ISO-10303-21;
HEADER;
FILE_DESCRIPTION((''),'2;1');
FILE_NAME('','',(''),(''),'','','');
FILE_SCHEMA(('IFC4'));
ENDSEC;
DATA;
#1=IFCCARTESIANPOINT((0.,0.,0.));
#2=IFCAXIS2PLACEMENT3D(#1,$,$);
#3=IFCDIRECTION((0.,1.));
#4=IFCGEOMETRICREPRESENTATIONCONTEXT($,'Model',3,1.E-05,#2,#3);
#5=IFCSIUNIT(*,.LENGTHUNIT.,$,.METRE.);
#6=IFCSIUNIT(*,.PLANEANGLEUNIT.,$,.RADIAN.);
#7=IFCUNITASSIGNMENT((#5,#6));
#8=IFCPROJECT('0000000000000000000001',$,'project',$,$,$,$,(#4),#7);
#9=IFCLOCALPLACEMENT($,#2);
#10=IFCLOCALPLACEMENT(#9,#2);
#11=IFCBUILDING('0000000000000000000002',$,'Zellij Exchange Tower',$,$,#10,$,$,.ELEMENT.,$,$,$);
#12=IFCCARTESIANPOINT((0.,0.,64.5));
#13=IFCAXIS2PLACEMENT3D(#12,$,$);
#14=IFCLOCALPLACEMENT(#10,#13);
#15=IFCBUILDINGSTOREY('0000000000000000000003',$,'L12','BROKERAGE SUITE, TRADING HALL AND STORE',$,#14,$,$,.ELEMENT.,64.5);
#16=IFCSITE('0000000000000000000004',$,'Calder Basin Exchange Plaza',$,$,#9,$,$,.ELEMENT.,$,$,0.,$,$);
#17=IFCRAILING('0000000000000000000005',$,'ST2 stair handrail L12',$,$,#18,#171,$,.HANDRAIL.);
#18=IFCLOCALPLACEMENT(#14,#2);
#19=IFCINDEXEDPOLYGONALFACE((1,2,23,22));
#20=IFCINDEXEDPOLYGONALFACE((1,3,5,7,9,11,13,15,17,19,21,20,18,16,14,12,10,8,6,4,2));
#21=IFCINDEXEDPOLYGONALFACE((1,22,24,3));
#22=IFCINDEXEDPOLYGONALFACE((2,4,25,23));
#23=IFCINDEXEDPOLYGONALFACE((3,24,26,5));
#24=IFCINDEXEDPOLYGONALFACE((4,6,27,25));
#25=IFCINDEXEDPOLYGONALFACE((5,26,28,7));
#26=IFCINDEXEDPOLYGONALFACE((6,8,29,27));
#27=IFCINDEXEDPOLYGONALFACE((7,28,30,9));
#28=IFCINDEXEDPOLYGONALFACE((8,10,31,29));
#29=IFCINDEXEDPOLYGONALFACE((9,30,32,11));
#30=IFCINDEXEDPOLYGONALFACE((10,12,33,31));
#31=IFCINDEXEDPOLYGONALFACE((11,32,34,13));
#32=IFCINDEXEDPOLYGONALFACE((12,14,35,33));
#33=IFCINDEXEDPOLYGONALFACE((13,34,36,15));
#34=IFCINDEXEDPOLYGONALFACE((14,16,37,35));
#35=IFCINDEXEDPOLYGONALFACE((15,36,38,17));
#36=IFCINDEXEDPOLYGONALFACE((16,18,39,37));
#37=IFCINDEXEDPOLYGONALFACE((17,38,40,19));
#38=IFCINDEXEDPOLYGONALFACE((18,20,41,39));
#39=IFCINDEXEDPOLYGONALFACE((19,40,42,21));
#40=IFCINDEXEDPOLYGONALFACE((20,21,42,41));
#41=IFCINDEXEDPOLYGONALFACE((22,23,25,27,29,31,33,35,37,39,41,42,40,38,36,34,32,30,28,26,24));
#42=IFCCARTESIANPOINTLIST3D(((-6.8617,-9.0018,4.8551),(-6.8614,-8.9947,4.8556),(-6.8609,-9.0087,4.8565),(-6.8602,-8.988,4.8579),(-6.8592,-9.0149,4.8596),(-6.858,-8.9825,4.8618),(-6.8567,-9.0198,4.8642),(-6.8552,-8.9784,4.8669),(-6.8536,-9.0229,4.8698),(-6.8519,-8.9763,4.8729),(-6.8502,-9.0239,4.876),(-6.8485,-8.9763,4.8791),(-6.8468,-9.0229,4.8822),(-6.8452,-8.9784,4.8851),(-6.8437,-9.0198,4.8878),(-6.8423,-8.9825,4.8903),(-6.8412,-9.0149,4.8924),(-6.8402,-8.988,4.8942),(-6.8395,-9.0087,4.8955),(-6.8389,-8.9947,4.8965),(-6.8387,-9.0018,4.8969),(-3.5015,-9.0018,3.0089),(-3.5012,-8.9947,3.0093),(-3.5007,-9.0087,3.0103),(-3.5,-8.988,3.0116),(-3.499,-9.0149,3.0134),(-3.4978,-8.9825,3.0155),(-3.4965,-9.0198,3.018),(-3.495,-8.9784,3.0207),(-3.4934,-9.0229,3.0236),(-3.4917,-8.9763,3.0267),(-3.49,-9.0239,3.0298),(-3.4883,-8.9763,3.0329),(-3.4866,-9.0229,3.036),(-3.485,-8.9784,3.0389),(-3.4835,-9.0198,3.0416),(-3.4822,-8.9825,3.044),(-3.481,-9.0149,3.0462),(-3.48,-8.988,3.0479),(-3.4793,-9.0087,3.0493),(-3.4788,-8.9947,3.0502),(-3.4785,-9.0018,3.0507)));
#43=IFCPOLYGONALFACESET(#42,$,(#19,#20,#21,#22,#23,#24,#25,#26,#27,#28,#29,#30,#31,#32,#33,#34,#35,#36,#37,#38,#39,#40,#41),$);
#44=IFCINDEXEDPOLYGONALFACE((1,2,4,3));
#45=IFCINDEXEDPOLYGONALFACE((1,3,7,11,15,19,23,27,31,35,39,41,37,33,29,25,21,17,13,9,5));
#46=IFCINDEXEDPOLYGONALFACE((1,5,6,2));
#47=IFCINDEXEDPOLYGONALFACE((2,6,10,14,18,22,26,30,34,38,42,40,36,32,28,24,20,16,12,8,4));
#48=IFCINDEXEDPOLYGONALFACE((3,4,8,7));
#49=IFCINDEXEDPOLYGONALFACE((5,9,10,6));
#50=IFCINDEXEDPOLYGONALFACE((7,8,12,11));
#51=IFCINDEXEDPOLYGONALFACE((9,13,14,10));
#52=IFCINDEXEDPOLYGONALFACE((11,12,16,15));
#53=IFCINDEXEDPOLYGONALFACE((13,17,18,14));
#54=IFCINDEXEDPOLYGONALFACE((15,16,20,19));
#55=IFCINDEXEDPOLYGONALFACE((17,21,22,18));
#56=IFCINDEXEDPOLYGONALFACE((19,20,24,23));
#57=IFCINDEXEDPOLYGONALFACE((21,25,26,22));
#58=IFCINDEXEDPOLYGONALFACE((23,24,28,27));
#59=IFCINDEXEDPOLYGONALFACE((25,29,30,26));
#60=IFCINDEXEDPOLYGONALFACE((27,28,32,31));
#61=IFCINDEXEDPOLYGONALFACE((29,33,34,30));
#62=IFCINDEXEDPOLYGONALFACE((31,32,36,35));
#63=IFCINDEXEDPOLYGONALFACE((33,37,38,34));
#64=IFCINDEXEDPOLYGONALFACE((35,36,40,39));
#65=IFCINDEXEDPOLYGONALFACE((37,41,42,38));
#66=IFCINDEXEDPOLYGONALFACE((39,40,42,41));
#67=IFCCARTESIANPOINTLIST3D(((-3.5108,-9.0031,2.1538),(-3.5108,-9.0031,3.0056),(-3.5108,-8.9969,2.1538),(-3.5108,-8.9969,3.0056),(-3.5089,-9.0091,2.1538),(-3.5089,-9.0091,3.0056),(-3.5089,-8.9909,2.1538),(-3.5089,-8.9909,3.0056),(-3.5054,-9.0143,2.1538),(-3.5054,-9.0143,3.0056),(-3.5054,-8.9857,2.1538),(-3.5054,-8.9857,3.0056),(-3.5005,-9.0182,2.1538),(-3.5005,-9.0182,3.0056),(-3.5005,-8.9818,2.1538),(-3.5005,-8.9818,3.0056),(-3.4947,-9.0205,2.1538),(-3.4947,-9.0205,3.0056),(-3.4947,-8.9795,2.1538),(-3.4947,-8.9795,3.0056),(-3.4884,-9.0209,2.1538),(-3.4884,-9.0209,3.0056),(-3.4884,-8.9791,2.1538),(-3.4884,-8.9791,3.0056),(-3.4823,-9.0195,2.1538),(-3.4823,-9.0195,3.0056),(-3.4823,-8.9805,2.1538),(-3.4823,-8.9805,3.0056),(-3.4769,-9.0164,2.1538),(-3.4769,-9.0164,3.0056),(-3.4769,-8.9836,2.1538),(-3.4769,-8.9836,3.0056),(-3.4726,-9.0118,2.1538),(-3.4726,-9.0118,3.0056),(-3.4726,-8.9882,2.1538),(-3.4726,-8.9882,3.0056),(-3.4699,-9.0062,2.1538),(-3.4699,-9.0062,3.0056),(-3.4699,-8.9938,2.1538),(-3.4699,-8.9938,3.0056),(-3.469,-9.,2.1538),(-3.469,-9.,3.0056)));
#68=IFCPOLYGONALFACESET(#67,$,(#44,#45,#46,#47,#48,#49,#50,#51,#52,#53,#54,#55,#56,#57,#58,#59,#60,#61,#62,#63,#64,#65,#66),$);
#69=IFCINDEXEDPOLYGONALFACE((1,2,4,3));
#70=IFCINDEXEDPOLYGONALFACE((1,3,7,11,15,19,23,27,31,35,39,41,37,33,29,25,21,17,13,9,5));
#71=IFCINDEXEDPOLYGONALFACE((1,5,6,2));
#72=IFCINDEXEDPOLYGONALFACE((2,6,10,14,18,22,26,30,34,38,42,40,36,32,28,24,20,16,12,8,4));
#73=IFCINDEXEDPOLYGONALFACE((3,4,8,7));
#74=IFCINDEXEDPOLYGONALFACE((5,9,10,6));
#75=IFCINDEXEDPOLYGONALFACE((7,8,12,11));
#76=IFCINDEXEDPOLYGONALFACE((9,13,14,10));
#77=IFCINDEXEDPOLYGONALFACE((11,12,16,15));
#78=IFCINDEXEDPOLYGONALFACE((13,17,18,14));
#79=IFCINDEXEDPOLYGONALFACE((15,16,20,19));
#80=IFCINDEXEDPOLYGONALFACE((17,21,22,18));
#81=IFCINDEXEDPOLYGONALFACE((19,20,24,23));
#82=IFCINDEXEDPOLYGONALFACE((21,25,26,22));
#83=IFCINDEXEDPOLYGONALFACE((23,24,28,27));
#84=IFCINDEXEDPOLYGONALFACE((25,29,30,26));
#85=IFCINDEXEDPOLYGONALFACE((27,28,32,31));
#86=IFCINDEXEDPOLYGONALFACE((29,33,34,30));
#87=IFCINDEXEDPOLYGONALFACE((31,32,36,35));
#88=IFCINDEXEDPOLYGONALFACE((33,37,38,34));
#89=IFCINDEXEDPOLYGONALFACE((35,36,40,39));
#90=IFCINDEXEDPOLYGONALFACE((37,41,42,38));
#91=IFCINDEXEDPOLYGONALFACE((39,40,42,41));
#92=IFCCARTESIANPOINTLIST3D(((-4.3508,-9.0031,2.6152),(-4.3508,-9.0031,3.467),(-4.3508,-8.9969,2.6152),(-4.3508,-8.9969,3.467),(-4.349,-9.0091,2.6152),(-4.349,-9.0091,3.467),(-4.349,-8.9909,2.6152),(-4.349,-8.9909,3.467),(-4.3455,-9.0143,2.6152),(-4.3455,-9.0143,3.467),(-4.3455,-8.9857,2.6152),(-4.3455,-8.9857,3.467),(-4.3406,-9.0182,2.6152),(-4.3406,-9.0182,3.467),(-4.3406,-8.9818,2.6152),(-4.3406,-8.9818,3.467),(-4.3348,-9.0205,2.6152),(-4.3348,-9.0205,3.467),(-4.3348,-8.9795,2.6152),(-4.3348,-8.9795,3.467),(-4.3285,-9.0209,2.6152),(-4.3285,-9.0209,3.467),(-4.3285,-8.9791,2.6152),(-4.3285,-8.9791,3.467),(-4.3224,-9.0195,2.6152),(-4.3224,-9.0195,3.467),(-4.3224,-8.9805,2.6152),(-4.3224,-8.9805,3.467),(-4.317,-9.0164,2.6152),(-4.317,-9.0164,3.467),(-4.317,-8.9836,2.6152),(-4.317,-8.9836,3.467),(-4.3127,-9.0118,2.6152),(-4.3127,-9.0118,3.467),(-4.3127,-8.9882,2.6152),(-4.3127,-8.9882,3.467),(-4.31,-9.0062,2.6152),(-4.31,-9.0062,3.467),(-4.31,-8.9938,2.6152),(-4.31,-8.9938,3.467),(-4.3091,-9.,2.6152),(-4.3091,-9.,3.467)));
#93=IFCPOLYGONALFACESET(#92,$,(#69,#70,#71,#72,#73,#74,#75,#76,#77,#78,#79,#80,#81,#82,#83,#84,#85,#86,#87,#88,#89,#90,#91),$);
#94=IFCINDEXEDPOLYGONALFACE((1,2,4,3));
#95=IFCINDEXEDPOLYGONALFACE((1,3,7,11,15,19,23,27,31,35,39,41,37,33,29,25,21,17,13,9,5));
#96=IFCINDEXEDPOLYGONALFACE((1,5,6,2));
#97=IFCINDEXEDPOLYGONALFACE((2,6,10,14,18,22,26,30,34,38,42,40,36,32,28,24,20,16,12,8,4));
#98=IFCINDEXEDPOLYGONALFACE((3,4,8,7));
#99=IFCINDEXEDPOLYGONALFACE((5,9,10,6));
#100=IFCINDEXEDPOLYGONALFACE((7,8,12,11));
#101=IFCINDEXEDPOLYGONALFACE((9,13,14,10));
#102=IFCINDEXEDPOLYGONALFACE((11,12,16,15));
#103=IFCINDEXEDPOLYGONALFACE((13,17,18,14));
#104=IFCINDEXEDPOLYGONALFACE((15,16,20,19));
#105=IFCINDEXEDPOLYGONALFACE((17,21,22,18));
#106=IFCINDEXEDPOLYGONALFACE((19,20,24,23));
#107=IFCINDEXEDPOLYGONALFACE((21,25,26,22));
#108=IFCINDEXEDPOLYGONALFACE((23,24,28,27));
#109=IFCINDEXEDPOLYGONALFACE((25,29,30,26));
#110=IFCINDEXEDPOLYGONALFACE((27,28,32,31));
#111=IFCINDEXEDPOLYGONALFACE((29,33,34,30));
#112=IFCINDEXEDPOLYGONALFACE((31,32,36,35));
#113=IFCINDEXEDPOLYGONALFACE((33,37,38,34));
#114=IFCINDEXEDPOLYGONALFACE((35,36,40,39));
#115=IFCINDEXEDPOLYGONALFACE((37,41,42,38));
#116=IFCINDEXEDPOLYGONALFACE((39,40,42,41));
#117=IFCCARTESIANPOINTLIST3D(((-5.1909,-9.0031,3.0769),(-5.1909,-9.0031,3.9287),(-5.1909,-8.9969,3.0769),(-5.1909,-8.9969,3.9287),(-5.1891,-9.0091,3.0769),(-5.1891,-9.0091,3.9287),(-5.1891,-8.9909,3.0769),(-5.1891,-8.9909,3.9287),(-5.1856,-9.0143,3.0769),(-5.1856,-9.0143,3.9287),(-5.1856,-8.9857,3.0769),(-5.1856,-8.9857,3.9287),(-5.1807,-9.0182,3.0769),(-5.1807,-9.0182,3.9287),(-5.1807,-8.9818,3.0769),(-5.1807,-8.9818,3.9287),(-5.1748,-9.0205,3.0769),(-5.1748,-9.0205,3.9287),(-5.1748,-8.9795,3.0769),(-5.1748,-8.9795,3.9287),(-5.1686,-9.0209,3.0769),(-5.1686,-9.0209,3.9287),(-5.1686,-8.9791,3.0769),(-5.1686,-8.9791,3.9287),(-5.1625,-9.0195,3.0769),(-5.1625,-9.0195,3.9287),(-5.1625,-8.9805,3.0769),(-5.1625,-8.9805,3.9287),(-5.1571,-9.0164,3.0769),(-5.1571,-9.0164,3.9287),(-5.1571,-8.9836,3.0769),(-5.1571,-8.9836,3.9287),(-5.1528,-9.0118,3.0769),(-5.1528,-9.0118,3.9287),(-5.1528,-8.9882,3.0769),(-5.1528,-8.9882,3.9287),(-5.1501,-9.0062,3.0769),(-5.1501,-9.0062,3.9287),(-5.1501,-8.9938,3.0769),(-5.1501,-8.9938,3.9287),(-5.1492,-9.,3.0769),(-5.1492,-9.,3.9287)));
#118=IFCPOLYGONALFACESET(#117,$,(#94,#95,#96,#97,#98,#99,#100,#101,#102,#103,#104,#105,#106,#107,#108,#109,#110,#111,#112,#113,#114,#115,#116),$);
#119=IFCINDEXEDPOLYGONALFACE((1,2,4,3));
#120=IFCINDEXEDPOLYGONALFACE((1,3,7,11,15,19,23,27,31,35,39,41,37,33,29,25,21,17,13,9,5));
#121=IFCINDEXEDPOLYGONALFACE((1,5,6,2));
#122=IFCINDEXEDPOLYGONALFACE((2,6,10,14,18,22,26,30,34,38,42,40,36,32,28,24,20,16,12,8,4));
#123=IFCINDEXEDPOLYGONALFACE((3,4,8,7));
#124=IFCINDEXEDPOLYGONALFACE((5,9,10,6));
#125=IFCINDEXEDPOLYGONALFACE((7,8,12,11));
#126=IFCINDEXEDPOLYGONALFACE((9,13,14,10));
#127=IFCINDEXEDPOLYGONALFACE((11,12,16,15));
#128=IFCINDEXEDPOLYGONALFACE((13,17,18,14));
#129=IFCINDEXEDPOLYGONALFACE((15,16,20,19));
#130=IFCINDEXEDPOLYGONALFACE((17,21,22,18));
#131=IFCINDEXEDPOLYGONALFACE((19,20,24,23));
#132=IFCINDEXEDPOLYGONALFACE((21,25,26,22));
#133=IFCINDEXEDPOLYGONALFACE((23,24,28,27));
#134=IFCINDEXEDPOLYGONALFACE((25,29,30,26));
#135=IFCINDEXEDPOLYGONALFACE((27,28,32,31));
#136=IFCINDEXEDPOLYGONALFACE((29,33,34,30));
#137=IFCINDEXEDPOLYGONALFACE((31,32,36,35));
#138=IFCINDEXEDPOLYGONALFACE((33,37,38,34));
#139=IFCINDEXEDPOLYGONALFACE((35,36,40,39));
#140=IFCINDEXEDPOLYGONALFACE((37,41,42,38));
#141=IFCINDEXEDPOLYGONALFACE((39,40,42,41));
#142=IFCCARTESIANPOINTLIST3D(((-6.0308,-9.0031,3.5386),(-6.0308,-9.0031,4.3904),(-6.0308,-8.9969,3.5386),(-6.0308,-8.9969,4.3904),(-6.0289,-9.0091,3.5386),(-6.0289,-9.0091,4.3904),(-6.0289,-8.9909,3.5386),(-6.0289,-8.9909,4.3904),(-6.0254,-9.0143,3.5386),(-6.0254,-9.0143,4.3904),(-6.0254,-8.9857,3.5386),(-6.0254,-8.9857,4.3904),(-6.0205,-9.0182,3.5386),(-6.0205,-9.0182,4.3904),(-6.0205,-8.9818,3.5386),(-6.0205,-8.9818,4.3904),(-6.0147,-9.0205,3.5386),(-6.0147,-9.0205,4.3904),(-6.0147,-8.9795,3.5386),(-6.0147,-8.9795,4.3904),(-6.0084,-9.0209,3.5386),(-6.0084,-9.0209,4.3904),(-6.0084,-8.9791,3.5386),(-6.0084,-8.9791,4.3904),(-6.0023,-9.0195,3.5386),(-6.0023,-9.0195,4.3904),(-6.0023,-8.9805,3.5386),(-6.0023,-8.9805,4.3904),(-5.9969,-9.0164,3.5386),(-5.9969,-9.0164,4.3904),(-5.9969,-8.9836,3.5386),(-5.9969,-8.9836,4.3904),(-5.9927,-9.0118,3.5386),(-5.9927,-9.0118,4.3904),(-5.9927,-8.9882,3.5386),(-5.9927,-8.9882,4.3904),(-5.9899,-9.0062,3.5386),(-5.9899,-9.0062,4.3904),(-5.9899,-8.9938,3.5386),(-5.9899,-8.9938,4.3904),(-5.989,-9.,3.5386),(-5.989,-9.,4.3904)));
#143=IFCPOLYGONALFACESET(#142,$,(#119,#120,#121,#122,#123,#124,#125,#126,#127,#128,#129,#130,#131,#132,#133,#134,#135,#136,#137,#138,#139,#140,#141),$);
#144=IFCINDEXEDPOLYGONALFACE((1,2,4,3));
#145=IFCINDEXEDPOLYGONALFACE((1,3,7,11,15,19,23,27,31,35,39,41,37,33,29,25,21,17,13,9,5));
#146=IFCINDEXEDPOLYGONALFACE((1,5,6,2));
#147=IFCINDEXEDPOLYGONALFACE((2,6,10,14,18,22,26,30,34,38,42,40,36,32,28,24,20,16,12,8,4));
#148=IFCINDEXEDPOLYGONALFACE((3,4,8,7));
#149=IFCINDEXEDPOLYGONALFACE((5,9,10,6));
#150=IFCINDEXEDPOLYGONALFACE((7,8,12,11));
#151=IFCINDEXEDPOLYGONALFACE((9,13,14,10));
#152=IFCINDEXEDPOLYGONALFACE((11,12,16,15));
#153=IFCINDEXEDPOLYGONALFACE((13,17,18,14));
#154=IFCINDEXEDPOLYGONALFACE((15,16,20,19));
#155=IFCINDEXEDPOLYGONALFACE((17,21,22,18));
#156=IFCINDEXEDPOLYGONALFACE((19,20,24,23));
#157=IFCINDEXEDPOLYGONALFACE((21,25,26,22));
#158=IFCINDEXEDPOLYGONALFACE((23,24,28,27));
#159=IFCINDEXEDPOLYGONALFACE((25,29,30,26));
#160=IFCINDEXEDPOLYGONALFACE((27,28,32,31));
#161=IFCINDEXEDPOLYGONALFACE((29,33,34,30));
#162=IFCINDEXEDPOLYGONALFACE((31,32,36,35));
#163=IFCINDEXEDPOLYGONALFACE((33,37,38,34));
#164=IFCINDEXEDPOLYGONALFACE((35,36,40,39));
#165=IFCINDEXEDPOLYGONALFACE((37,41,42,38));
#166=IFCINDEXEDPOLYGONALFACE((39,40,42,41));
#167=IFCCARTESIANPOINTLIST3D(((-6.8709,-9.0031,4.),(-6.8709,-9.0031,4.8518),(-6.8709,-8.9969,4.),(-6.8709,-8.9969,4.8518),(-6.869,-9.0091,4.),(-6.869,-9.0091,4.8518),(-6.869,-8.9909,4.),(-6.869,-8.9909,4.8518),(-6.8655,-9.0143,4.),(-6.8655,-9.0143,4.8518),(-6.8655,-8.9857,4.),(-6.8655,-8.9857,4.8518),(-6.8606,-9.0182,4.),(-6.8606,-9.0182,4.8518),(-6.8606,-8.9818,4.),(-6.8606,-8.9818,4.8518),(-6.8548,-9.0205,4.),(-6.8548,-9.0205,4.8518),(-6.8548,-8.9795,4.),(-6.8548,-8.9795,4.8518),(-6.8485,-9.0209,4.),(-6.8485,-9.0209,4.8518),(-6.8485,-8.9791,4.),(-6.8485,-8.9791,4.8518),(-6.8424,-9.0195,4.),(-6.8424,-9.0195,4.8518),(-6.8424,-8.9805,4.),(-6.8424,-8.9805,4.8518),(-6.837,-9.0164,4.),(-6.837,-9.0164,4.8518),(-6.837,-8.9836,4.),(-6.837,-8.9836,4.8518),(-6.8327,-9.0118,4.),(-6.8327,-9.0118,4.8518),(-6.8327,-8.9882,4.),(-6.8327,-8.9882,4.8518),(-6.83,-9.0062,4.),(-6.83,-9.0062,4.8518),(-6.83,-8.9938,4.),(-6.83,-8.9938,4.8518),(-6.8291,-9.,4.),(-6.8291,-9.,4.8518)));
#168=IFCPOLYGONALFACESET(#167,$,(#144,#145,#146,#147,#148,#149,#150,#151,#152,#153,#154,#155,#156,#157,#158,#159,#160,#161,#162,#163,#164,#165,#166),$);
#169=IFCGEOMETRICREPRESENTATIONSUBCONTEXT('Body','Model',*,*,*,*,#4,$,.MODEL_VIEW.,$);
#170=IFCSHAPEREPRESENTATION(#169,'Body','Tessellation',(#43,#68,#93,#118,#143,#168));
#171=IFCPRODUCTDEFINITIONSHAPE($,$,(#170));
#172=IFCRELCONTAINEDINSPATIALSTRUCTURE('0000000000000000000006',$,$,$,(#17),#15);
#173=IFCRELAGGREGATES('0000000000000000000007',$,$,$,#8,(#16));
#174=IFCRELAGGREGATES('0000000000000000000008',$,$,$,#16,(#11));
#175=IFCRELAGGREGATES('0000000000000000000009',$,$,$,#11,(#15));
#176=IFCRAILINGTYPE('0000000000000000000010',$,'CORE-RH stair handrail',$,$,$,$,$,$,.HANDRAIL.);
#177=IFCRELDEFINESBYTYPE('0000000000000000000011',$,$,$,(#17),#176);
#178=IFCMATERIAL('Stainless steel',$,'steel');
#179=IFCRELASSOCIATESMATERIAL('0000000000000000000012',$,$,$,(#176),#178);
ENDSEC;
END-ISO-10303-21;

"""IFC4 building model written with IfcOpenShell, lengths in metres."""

from ifc_helpers import new_model, si_unit, direction, frame, origin, origin_2d, place, context, subcontext, project, spatial, circle, extrude, material, type_object, element, save


model = new_model("IFC4")

# Units and contexts
model_context = context("Model", 3, precision=1e-05, world=origin(), true_north=direction((0.0, 1.0)))
body_context = subcontext(model_context, "Body", "Model", "MODEL_VIEW")
ifc_project = project(units=[si_unit("LENGTHUNIT", "METRE"), si_unit("PLANEANGLEUNIT", "RADIAN")], contexts=[model_context])

# Site, building, storey
site_placement = place(None, origin())
site = spatial("IfcSite", under=ifc_project, at=site_placement, Name="Calder Basin Exchange Plaza", CompositionType="ELEMENT", RefElevation=0.0)
building_placement = place(site_placement, origin())
building = spatial("IfcBuilding", under=site, at=building_placement, Name="Zellij Exchange Tower", CompositionType="ELEMENT")
storey_placement = place(building_placement, frame((0.0, 0.0, 64.5)))
storey = spatial("IfcBuildingStorey", under=building, at=storey_placement, Name="L12", Description="BROKERAGE SUITE, TRADING HALL AND STORE", CompositionType="ELEMENT", Elevation=64.5)

# Railing
ifc_material_1 = material(Name="Stainless steel", Category="steel")
railing_type_1 = type_object("IfcRailingType", Name="CORE-RH stair handrail", PredefinedType="HANDRAIL", material=ifc_material_1)
railing_1_placement = place(storey_placement, frame((-3.49, -9.0, 2.1538)))
element("IfcRailing", 1, at=railing_1_placement, inside=storey, type_object=railing_type_1, Name="ST2 stair handrail L12", PredefinedType="HANDRAIL", context=body_context, shape_type="SweptSolid", body=[
    extrude(circle(Radius=0.0239, at=origin_2d()), frame((0.0, 0.0, 0.876), z_axis=(-0.876422, 0.0, 0.481545), x_axis=(0.0, -1.0, 0.0)), (0.0, 0.0, 1.0), 3.834),
    extrude(circle(Radius=0.021, at=origin_2d()), origin(), (0.0, 0.0, 1.0), 0.8518),
    extrude(circle(Radius=0.021, at=origin_2d()), frame((-0.8401, 0.0, 0.4614)), (0.0, 0.0, 1.0), 0.8518),
    extrude(circle(Radius=0.021, at=origin_2d()), frame((-1.6802, 0.0, 0.9231)), (0.0, 0.0, 1.0), 0.8518),
    extrude(circle(Radius=0.021, at=origin_2d()), frame((-2.52, 0.0, 1.3848)), (0.0, 0.0, 1.0), 0.8518),
    extrude(circle(Radius=0.021, at=origin_2d()), frame((-3.3601, 0.0, 1.8462)), (0.0, 0.0, 1.0), 0.8518),
])

save(model, "model.ifc")
